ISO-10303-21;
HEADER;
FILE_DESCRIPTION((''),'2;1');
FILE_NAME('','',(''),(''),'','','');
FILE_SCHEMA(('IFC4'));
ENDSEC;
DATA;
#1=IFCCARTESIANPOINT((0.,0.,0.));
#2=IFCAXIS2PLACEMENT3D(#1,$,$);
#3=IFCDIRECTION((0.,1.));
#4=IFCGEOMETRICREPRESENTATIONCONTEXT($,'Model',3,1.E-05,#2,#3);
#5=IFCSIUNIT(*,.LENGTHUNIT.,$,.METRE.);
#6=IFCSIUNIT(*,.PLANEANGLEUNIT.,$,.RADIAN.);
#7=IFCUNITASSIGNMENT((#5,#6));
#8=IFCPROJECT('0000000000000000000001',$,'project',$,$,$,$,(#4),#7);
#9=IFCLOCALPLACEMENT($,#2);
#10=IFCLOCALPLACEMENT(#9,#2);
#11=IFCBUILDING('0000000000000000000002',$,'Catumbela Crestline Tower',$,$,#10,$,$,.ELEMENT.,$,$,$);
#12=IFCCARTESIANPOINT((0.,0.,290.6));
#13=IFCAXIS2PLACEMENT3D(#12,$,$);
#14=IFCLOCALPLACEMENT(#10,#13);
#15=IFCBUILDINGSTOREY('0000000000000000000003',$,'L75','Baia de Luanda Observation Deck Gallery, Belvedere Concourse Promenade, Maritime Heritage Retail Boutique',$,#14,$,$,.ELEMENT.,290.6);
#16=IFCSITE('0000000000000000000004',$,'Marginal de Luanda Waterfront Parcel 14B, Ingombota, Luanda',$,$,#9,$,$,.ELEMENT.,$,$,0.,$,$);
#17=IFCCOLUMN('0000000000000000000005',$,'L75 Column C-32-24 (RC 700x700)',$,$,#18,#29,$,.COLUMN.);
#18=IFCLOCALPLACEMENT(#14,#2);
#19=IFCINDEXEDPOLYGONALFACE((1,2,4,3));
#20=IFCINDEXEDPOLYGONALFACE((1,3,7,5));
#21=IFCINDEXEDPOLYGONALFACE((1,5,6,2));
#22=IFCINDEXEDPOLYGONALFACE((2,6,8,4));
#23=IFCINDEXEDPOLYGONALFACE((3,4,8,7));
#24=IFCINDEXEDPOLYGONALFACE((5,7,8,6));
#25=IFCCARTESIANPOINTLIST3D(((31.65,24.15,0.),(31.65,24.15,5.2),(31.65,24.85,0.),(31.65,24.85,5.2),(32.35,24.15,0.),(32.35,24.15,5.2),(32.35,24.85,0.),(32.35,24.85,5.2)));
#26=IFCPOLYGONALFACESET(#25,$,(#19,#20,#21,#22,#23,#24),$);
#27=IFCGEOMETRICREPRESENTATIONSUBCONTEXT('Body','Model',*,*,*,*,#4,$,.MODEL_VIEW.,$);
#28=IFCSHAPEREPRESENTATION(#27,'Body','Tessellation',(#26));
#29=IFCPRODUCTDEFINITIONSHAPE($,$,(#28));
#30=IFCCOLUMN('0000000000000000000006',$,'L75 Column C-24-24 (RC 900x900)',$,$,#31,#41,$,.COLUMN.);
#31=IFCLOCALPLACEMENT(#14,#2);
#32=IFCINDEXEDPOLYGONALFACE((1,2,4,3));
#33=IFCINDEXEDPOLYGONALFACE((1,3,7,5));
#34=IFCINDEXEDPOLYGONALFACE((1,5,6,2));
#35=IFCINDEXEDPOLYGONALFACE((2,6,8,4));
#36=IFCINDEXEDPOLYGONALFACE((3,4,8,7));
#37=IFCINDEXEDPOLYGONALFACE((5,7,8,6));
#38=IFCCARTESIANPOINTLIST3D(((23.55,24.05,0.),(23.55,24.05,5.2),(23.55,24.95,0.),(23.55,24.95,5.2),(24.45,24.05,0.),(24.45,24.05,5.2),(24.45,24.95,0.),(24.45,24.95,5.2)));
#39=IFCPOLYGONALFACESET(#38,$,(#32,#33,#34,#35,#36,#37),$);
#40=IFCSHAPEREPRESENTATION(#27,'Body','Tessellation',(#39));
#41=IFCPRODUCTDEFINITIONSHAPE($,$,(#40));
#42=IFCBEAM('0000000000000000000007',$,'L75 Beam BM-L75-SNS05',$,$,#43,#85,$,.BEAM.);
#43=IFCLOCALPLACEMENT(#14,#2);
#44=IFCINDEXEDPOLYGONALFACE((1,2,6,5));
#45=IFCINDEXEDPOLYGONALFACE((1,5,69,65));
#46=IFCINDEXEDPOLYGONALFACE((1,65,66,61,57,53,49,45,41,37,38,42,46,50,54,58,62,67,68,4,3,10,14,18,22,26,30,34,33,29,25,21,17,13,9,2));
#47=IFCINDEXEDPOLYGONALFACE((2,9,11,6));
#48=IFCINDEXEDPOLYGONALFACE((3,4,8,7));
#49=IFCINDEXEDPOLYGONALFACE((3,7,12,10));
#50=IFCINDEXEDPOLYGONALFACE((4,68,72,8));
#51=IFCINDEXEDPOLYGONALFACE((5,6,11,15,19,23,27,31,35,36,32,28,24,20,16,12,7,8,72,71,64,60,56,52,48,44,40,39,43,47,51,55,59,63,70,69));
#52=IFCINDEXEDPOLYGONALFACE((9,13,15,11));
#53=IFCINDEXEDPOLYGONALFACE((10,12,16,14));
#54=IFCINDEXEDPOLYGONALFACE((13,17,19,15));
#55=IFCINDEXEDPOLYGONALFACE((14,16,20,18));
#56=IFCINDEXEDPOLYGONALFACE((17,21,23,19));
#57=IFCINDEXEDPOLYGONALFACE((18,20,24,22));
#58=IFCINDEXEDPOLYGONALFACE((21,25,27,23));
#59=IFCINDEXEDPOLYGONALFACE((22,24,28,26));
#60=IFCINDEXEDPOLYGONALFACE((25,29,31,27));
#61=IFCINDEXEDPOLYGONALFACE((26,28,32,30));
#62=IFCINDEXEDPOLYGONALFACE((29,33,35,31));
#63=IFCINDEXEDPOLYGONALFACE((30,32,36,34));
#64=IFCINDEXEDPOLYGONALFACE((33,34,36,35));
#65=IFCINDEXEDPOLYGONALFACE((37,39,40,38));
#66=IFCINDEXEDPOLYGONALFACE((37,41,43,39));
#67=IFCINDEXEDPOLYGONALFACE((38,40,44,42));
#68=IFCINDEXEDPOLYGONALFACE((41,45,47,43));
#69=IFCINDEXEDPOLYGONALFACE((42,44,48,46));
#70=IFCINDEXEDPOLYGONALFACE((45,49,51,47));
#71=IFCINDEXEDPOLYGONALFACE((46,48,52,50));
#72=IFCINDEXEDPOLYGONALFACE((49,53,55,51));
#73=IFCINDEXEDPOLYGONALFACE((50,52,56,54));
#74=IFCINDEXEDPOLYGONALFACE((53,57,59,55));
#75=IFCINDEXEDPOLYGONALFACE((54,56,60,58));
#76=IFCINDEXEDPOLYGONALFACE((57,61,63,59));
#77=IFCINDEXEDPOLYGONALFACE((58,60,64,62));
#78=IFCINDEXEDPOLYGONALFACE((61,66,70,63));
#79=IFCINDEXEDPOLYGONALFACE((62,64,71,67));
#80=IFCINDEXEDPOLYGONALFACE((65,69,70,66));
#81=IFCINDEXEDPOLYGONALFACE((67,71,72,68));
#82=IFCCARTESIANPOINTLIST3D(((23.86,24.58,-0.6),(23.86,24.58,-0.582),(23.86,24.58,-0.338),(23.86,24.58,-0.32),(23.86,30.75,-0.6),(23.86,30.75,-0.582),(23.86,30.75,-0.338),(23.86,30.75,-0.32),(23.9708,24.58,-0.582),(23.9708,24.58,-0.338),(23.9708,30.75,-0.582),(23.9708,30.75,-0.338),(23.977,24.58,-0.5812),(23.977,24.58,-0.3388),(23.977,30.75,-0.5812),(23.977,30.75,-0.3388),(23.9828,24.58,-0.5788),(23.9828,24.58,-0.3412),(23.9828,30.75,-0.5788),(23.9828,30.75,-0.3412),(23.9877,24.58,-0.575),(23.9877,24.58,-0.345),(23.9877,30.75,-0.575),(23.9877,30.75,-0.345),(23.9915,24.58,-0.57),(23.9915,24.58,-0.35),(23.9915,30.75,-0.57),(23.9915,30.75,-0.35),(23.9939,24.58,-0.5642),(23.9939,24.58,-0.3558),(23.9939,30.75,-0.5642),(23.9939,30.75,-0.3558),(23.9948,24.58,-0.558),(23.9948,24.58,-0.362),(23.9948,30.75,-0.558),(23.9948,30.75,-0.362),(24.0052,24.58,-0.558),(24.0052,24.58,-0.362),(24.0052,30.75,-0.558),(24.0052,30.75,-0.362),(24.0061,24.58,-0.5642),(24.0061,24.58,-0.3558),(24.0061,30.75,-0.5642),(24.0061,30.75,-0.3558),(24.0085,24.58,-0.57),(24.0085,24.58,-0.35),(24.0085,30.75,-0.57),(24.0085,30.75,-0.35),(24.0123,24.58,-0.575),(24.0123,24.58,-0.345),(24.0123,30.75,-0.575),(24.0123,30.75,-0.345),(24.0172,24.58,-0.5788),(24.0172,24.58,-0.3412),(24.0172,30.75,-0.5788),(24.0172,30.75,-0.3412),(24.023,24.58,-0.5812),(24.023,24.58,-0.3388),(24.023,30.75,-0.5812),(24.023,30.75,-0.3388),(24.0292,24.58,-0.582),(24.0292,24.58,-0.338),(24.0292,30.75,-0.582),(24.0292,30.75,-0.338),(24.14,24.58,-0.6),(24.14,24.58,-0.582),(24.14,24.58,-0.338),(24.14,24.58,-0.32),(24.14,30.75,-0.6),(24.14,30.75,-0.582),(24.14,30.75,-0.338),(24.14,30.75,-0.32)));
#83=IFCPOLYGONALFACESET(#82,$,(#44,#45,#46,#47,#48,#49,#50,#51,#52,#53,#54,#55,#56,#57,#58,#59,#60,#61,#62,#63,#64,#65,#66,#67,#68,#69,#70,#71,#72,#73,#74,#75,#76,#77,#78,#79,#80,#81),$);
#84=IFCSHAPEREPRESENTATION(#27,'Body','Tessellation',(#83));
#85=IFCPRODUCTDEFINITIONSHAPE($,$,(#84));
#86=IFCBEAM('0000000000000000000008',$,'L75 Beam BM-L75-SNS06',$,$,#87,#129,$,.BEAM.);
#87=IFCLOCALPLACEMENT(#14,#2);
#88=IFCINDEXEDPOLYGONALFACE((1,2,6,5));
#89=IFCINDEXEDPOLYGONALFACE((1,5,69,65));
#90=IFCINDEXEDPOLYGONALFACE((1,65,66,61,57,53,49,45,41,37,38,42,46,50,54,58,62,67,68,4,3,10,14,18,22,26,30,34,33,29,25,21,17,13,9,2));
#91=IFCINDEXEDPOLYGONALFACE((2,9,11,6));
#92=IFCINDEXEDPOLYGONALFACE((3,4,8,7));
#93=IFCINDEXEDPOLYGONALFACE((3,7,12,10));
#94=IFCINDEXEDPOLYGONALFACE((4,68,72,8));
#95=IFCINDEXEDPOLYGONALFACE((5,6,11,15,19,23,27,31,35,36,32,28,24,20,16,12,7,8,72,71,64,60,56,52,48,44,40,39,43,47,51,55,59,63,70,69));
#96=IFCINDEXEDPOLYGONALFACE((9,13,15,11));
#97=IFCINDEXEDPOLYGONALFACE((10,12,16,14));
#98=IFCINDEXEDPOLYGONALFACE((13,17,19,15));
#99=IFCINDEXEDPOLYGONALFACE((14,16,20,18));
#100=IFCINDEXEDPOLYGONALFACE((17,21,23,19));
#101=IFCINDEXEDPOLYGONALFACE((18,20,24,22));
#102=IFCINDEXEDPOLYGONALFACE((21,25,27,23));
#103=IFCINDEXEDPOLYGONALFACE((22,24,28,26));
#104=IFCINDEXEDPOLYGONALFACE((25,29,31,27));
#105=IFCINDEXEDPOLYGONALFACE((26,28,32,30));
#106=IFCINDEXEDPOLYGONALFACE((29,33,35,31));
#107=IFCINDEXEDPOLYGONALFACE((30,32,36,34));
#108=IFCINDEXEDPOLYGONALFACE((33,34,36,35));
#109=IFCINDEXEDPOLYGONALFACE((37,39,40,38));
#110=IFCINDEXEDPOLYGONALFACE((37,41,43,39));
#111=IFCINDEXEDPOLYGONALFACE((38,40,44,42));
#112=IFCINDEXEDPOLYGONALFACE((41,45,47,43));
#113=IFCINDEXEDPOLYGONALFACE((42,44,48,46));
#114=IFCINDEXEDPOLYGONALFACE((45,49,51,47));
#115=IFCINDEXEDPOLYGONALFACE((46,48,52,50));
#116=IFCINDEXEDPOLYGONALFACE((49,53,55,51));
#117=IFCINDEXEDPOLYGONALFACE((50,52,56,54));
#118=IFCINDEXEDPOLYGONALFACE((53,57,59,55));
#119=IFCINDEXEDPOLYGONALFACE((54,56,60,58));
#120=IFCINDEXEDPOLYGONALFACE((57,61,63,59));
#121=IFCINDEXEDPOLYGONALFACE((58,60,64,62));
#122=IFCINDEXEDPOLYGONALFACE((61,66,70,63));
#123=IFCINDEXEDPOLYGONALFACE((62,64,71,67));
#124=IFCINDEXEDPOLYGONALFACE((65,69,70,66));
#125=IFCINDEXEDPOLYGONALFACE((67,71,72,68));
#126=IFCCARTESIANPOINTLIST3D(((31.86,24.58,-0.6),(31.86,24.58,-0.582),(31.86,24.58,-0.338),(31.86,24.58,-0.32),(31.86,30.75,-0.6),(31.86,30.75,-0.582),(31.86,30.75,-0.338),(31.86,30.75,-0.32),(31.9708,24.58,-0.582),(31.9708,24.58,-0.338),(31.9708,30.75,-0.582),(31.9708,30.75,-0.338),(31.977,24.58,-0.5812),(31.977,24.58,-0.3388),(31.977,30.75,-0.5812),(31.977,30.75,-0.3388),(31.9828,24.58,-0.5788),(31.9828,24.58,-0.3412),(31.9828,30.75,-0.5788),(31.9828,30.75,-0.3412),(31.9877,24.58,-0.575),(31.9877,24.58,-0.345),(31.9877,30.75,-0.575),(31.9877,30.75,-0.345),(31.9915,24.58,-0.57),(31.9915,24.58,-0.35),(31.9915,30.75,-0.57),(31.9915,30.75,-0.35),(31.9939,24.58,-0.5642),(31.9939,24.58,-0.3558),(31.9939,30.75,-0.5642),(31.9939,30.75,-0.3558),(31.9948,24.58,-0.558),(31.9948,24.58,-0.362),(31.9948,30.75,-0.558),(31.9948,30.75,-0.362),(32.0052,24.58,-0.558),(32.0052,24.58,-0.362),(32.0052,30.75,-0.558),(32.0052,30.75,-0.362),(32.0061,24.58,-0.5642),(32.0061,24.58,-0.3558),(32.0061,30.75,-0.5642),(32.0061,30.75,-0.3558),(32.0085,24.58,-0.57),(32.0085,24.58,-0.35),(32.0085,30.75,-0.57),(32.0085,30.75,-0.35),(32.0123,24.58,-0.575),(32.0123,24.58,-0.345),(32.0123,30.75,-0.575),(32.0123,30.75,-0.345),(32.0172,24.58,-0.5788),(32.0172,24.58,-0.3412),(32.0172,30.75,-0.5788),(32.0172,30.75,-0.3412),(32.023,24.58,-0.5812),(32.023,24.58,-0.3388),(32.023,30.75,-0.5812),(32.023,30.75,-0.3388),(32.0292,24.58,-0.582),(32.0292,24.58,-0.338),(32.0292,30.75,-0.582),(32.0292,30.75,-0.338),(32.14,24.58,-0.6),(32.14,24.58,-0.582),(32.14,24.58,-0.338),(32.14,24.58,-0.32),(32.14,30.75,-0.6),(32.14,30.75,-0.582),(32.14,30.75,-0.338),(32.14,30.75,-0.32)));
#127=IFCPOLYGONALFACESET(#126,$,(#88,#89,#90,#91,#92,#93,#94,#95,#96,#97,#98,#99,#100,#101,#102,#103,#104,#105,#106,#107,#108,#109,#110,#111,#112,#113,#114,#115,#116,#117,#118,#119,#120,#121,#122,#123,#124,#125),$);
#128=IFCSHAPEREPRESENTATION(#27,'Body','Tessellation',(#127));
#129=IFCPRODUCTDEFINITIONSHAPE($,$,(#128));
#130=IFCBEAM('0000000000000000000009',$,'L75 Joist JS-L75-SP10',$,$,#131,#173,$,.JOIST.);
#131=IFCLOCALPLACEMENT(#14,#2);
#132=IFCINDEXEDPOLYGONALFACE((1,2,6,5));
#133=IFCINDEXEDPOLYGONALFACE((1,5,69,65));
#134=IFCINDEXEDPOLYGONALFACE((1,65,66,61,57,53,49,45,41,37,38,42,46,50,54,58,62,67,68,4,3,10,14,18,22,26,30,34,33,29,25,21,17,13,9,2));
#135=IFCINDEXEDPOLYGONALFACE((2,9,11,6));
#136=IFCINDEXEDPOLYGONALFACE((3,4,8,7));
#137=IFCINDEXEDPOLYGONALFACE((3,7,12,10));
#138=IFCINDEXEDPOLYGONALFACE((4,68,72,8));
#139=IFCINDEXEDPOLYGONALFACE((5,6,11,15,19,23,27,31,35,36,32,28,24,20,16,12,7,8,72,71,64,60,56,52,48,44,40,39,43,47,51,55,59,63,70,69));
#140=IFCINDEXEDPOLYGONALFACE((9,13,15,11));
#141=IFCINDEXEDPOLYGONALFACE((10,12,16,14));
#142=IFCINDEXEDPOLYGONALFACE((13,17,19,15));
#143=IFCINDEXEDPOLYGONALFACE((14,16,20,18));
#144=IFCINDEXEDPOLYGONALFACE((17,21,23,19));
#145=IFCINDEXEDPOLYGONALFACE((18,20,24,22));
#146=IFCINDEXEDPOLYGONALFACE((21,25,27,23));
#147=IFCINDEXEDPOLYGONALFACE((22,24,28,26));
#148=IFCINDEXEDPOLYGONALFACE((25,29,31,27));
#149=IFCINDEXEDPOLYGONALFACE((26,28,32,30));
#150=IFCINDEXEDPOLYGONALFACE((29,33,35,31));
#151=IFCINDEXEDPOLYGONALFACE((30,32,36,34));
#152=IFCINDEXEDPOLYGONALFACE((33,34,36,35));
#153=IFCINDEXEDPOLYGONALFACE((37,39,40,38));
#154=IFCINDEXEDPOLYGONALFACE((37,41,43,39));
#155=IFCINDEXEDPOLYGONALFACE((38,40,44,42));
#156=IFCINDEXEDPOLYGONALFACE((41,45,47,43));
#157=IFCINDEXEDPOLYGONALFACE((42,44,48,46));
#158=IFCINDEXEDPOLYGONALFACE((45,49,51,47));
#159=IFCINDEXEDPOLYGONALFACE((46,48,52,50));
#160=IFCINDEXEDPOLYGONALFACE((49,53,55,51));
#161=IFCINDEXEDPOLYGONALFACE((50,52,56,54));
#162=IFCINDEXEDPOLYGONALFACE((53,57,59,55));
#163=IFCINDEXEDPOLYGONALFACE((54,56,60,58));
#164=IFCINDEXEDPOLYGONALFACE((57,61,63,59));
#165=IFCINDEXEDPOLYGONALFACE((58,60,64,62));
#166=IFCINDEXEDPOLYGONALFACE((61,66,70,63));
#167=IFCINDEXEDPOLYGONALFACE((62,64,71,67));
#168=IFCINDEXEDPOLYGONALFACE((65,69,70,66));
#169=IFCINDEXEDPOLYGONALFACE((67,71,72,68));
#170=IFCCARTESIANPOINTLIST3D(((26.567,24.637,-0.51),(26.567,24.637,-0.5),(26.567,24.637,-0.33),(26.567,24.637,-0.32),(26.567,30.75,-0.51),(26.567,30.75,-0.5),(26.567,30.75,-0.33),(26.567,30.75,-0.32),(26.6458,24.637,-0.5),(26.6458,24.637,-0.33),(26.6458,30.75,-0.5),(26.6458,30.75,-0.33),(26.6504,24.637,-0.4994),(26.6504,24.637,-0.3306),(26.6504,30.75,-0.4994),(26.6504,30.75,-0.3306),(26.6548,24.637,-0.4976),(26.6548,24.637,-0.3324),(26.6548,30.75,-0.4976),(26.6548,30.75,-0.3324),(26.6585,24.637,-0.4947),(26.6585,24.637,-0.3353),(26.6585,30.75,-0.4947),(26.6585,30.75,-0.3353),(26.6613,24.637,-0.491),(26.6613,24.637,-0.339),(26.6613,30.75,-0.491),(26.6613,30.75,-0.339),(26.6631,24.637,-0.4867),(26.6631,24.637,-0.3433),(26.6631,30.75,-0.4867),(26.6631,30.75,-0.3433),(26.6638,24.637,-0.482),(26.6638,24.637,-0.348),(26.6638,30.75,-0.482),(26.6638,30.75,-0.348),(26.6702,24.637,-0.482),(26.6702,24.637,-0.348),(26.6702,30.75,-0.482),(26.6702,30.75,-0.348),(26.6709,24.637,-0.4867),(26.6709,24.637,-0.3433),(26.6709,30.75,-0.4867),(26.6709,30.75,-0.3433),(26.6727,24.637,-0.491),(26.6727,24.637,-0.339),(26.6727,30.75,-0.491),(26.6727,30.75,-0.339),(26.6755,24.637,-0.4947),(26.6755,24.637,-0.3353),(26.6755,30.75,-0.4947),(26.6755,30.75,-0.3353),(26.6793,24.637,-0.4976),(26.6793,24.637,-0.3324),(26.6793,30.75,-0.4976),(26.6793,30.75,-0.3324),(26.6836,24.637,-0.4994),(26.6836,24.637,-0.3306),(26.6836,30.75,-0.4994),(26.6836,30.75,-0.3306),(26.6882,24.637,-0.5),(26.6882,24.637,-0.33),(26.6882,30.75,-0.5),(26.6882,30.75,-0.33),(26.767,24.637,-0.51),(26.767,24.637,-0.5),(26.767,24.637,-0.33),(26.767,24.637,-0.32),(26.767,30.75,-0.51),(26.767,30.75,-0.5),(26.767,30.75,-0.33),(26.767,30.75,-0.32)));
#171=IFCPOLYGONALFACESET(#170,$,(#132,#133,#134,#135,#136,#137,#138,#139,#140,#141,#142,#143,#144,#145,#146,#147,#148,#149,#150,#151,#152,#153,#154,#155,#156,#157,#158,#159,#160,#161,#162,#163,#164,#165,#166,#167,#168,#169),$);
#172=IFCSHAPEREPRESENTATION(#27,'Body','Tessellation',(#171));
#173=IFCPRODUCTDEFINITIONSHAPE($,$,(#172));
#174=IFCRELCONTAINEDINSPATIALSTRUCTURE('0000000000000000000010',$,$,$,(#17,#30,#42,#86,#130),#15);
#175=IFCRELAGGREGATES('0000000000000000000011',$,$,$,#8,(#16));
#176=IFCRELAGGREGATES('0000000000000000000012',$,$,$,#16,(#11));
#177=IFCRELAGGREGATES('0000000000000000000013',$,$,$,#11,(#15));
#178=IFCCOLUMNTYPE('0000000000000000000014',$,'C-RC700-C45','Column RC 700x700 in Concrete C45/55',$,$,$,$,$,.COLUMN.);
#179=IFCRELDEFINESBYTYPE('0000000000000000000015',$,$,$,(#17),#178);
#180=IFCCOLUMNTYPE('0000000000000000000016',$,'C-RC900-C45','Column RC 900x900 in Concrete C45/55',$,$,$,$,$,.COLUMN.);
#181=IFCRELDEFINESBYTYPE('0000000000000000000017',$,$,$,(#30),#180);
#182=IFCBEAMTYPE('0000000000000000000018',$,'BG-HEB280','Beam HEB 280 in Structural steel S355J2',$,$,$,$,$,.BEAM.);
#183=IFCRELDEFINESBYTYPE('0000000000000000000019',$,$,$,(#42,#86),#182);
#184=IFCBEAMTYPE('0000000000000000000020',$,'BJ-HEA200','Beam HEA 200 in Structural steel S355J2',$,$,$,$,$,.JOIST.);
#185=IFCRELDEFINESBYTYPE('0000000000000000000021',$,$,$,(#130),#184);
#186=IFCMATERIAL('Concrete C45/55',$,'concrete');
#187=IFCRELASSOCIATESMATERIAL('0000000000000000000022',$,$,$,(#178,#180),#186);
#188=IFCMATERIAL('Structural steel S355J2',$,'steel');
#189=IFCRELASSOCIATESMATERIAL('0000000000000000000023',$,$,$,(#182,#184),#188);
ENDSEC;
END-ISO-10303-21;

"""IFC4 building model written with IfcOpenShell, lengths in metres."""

from ifc_helpers import new_model, si_unit, direction, frame, origin, origin_2d, place, context, subcontext, project, spatial, rectangle, i_section, extrude, material, material_profile, profile_set, type_object, element, save


model = new_model("IFC4")

# Units and contexts
model_context = context("Model", 3, precision=1e-05, world=origin(), true_north=direction((0.0, 1.0)))
body_context = subcontext(model_context, "Body", "Model", "MODEL_VIEW")
ifc_project = project(units=[si_unit("LENGTHUNIT", "METRE"), si_unit("PLANEANGLEUNIT", "RADIAN")], contexts=[model_context])

# Site, building, storey
site_placement = place(None, origin())
site = spatial("IfcSite", under=ifc_project, at=site_placement, Name="Marginal de Luanda Waterfront Parcel 14B, Ingombota, Luanda", CompositionType="ELEMENT", RefElevation=0.0)
building_placement = place(site_placement, origin())
building = spatial("IfcBuilding", under=site, at=building_placement, Name="Catumbela Crestline Tower", CompositionType="ELEMENT")
storey_placement = place(building_placement, frame((0.0, 0.0, 290.6)))
storey = spatial("IfcBuildingStorey", under=building, at=storey_placement, Name="L75", Description="Baia de Luanda Observation Deck Gallery, Belvedere Concourse Promenade, Maritime Heritage Retail Boutique", CompositionType="ELEMENT", Elevation=290.6)

# Columns
ifc_material_1 = material(Name="Concrete C45/55", Category="concrete")
ifc_material_profile_1 = material_profile(ifc_material_1, rectangle(XDim=0.7, YDim=0.7, at=origin_2d()), Name="RC 700x700")
ifc_profile_set_1 = profile_set([ifc_material_profile_1], Name="Concrete C45/55")
column_type_1 = type_object("IfcColumnType", Name="C-RC700-C45", Description="Column RC 700x700 in Concrete C45/55", PredefinedType="COLUMN", material=ifc_profile_set_1)
column_1_placement = place(storey_placement, frame((32.0, 24.5, 0.0), z_axis=(0.0, 0.0, 1.0), x_axis=(1.0, 0.0, 0.0)))
element("IfcColumn", 1, at=column_1_placement, inside=storey, type_object=column_type_1, Name="L75 Column C-32-24 (RC 700x700)", PredefinedType="COLUMN", context=body_context, shape_type="SweptSolid", body=[
    extrude(rectangle(XDim=0.7, YDim=0.7, at=origin_2d()), origin(), (0.0, 0.0, 1.0), 5.2),
])
ifc_material_profile_2 = material_profile(ifc_material_1, rectangle(XDim=0.9, YDim=0.9, at=origin_2d()), Name="RC 900x900")
ifc_profile_set_2 = profile_set([ifc_material_profile_2], Name="Concrete C45/55")
column_type_2 = type_object("IfcColumnType", Name="C-RC900-C45", Description="Column RC 900x900 in Concrete C45/55", PredefinedType="COLUMN", material=ifc_profile_set_2)
column_2_placement = place(storey_placement, frame((24.0, 24.5, 0.0), z_axis=(0.0, 0.0, 1.0), x_axis=(1.0, 0.0, 0.0)))
element("IfcColumn", 2, at=column_2_placement, inside=storey, type_object=column_type_2, Name="L75 Column C-24-24 (RC 900x900)", PredefinedType="COLUMN", context=body_context, shape_type="SweptSolid", body=[
    extrude(rectangle(XDim=0.9, YDim=0.9, at=origin_2d()), origin(), (0.0, 0.0, 1.0), 5.2),
])

# Beams
ifc_material_2 = material(Name="Structural steel S355J2", Category="steel")
ifc_material_profile_3 = material_profile(ifc_material_2, i_section(OverallWidth=0.28, OverallDepth=0.28, WebThickness=0.0105, FlangeThickness=0.018, FilletRadius=0.024, at=origin_2d()), Name="HEB 280")
ifc_profile_set_3 = profile_set([ifc_material_profile_3], Name="Structural steel S355J2")
beam_type_1 = type_object("IfcBeamType", Name="BG-HEB280", Description="Beam HEB 280 in Structural steel S355J2", PredefinedType="BEAM", material=ifc_profile_set_3)
for number, where, z_axis, x_axis, name in (
    (3, (24.0, 24.58, -0.46), (0.0, 1.0, 0.0), (-1.0, 0.0, 0.0), "L75 Beam BM-L75-SNS05"),
    (4, (32.0, 24.58, -0.46), (0.0, 1.0, 0.0), (-1.0, 0.0, 0.0), "L75 Beam BM-L75-SNS06"),
):
    element("IfcBeam", number, at=place(storey_placement, frame(where, z_axis=z_axis, x_axis=x_axis)), inside=storey, type_object=beam_type_1, Name=name, PredefinedType="BEAM", context=body_context, shape_type="SweptSolid", body=[
        extrude(i_section(OverallWidth=0.28, OverallDepth=0.28, WebThickness=0.0105, FlangeThickness=0.018, FilletRadius=0.024, at=origin_2d()), origin(), (0.0, 0.0, 1.0), 6.17),
    ])
ifc_material_profile_4 = material_profile(ifc_material_2, i_section(OverallWidth=0.2, OverallDepth=0.19, WebThickness=0.0065, FlangeThickness=0.01, FilletRadius=0.018, at=origin_2d()), Name="HEA 200")
ifc_profile_set_4 = profile_set([ifc_material_profile_4], Name="Structural steel S355J2")
beam_type_2 = type_object("IfcBeamType", Name="BJ-HEA200", Description="Beam HEA 200 in Structural steel S355J2", PredefinedType="JOIST", material=ifc_profile_set_4)
for number, where, z_axis, x_axis, name in (
    (5, (26.667, 24.637, -0.415), (0.0, 1.0, 0.0), (-1.0, 0.0, 0.0), "L75 Joist JS-L75-SP10"),
):
    element("IfcBeam", number, at=place(storey_placement, frame(where, z_axis=z_axis, x_axis=x_axis)), inside=storey, type_object=beam_type_2, Name=name, PredefinedType="JOIST", context=body_context, shape_type="SweptSolid", body=[
        extrude(i_section(OverallWidth=0.2, OverallDepth=0.19, WebThickness=0.0065, FlangeThickness=0.01, FilletRadius=0.018, at=origin_2d()), origin(), (0.0, 0.0, 1.0), 6.113),
    ])

save(model, "model.ifc")
